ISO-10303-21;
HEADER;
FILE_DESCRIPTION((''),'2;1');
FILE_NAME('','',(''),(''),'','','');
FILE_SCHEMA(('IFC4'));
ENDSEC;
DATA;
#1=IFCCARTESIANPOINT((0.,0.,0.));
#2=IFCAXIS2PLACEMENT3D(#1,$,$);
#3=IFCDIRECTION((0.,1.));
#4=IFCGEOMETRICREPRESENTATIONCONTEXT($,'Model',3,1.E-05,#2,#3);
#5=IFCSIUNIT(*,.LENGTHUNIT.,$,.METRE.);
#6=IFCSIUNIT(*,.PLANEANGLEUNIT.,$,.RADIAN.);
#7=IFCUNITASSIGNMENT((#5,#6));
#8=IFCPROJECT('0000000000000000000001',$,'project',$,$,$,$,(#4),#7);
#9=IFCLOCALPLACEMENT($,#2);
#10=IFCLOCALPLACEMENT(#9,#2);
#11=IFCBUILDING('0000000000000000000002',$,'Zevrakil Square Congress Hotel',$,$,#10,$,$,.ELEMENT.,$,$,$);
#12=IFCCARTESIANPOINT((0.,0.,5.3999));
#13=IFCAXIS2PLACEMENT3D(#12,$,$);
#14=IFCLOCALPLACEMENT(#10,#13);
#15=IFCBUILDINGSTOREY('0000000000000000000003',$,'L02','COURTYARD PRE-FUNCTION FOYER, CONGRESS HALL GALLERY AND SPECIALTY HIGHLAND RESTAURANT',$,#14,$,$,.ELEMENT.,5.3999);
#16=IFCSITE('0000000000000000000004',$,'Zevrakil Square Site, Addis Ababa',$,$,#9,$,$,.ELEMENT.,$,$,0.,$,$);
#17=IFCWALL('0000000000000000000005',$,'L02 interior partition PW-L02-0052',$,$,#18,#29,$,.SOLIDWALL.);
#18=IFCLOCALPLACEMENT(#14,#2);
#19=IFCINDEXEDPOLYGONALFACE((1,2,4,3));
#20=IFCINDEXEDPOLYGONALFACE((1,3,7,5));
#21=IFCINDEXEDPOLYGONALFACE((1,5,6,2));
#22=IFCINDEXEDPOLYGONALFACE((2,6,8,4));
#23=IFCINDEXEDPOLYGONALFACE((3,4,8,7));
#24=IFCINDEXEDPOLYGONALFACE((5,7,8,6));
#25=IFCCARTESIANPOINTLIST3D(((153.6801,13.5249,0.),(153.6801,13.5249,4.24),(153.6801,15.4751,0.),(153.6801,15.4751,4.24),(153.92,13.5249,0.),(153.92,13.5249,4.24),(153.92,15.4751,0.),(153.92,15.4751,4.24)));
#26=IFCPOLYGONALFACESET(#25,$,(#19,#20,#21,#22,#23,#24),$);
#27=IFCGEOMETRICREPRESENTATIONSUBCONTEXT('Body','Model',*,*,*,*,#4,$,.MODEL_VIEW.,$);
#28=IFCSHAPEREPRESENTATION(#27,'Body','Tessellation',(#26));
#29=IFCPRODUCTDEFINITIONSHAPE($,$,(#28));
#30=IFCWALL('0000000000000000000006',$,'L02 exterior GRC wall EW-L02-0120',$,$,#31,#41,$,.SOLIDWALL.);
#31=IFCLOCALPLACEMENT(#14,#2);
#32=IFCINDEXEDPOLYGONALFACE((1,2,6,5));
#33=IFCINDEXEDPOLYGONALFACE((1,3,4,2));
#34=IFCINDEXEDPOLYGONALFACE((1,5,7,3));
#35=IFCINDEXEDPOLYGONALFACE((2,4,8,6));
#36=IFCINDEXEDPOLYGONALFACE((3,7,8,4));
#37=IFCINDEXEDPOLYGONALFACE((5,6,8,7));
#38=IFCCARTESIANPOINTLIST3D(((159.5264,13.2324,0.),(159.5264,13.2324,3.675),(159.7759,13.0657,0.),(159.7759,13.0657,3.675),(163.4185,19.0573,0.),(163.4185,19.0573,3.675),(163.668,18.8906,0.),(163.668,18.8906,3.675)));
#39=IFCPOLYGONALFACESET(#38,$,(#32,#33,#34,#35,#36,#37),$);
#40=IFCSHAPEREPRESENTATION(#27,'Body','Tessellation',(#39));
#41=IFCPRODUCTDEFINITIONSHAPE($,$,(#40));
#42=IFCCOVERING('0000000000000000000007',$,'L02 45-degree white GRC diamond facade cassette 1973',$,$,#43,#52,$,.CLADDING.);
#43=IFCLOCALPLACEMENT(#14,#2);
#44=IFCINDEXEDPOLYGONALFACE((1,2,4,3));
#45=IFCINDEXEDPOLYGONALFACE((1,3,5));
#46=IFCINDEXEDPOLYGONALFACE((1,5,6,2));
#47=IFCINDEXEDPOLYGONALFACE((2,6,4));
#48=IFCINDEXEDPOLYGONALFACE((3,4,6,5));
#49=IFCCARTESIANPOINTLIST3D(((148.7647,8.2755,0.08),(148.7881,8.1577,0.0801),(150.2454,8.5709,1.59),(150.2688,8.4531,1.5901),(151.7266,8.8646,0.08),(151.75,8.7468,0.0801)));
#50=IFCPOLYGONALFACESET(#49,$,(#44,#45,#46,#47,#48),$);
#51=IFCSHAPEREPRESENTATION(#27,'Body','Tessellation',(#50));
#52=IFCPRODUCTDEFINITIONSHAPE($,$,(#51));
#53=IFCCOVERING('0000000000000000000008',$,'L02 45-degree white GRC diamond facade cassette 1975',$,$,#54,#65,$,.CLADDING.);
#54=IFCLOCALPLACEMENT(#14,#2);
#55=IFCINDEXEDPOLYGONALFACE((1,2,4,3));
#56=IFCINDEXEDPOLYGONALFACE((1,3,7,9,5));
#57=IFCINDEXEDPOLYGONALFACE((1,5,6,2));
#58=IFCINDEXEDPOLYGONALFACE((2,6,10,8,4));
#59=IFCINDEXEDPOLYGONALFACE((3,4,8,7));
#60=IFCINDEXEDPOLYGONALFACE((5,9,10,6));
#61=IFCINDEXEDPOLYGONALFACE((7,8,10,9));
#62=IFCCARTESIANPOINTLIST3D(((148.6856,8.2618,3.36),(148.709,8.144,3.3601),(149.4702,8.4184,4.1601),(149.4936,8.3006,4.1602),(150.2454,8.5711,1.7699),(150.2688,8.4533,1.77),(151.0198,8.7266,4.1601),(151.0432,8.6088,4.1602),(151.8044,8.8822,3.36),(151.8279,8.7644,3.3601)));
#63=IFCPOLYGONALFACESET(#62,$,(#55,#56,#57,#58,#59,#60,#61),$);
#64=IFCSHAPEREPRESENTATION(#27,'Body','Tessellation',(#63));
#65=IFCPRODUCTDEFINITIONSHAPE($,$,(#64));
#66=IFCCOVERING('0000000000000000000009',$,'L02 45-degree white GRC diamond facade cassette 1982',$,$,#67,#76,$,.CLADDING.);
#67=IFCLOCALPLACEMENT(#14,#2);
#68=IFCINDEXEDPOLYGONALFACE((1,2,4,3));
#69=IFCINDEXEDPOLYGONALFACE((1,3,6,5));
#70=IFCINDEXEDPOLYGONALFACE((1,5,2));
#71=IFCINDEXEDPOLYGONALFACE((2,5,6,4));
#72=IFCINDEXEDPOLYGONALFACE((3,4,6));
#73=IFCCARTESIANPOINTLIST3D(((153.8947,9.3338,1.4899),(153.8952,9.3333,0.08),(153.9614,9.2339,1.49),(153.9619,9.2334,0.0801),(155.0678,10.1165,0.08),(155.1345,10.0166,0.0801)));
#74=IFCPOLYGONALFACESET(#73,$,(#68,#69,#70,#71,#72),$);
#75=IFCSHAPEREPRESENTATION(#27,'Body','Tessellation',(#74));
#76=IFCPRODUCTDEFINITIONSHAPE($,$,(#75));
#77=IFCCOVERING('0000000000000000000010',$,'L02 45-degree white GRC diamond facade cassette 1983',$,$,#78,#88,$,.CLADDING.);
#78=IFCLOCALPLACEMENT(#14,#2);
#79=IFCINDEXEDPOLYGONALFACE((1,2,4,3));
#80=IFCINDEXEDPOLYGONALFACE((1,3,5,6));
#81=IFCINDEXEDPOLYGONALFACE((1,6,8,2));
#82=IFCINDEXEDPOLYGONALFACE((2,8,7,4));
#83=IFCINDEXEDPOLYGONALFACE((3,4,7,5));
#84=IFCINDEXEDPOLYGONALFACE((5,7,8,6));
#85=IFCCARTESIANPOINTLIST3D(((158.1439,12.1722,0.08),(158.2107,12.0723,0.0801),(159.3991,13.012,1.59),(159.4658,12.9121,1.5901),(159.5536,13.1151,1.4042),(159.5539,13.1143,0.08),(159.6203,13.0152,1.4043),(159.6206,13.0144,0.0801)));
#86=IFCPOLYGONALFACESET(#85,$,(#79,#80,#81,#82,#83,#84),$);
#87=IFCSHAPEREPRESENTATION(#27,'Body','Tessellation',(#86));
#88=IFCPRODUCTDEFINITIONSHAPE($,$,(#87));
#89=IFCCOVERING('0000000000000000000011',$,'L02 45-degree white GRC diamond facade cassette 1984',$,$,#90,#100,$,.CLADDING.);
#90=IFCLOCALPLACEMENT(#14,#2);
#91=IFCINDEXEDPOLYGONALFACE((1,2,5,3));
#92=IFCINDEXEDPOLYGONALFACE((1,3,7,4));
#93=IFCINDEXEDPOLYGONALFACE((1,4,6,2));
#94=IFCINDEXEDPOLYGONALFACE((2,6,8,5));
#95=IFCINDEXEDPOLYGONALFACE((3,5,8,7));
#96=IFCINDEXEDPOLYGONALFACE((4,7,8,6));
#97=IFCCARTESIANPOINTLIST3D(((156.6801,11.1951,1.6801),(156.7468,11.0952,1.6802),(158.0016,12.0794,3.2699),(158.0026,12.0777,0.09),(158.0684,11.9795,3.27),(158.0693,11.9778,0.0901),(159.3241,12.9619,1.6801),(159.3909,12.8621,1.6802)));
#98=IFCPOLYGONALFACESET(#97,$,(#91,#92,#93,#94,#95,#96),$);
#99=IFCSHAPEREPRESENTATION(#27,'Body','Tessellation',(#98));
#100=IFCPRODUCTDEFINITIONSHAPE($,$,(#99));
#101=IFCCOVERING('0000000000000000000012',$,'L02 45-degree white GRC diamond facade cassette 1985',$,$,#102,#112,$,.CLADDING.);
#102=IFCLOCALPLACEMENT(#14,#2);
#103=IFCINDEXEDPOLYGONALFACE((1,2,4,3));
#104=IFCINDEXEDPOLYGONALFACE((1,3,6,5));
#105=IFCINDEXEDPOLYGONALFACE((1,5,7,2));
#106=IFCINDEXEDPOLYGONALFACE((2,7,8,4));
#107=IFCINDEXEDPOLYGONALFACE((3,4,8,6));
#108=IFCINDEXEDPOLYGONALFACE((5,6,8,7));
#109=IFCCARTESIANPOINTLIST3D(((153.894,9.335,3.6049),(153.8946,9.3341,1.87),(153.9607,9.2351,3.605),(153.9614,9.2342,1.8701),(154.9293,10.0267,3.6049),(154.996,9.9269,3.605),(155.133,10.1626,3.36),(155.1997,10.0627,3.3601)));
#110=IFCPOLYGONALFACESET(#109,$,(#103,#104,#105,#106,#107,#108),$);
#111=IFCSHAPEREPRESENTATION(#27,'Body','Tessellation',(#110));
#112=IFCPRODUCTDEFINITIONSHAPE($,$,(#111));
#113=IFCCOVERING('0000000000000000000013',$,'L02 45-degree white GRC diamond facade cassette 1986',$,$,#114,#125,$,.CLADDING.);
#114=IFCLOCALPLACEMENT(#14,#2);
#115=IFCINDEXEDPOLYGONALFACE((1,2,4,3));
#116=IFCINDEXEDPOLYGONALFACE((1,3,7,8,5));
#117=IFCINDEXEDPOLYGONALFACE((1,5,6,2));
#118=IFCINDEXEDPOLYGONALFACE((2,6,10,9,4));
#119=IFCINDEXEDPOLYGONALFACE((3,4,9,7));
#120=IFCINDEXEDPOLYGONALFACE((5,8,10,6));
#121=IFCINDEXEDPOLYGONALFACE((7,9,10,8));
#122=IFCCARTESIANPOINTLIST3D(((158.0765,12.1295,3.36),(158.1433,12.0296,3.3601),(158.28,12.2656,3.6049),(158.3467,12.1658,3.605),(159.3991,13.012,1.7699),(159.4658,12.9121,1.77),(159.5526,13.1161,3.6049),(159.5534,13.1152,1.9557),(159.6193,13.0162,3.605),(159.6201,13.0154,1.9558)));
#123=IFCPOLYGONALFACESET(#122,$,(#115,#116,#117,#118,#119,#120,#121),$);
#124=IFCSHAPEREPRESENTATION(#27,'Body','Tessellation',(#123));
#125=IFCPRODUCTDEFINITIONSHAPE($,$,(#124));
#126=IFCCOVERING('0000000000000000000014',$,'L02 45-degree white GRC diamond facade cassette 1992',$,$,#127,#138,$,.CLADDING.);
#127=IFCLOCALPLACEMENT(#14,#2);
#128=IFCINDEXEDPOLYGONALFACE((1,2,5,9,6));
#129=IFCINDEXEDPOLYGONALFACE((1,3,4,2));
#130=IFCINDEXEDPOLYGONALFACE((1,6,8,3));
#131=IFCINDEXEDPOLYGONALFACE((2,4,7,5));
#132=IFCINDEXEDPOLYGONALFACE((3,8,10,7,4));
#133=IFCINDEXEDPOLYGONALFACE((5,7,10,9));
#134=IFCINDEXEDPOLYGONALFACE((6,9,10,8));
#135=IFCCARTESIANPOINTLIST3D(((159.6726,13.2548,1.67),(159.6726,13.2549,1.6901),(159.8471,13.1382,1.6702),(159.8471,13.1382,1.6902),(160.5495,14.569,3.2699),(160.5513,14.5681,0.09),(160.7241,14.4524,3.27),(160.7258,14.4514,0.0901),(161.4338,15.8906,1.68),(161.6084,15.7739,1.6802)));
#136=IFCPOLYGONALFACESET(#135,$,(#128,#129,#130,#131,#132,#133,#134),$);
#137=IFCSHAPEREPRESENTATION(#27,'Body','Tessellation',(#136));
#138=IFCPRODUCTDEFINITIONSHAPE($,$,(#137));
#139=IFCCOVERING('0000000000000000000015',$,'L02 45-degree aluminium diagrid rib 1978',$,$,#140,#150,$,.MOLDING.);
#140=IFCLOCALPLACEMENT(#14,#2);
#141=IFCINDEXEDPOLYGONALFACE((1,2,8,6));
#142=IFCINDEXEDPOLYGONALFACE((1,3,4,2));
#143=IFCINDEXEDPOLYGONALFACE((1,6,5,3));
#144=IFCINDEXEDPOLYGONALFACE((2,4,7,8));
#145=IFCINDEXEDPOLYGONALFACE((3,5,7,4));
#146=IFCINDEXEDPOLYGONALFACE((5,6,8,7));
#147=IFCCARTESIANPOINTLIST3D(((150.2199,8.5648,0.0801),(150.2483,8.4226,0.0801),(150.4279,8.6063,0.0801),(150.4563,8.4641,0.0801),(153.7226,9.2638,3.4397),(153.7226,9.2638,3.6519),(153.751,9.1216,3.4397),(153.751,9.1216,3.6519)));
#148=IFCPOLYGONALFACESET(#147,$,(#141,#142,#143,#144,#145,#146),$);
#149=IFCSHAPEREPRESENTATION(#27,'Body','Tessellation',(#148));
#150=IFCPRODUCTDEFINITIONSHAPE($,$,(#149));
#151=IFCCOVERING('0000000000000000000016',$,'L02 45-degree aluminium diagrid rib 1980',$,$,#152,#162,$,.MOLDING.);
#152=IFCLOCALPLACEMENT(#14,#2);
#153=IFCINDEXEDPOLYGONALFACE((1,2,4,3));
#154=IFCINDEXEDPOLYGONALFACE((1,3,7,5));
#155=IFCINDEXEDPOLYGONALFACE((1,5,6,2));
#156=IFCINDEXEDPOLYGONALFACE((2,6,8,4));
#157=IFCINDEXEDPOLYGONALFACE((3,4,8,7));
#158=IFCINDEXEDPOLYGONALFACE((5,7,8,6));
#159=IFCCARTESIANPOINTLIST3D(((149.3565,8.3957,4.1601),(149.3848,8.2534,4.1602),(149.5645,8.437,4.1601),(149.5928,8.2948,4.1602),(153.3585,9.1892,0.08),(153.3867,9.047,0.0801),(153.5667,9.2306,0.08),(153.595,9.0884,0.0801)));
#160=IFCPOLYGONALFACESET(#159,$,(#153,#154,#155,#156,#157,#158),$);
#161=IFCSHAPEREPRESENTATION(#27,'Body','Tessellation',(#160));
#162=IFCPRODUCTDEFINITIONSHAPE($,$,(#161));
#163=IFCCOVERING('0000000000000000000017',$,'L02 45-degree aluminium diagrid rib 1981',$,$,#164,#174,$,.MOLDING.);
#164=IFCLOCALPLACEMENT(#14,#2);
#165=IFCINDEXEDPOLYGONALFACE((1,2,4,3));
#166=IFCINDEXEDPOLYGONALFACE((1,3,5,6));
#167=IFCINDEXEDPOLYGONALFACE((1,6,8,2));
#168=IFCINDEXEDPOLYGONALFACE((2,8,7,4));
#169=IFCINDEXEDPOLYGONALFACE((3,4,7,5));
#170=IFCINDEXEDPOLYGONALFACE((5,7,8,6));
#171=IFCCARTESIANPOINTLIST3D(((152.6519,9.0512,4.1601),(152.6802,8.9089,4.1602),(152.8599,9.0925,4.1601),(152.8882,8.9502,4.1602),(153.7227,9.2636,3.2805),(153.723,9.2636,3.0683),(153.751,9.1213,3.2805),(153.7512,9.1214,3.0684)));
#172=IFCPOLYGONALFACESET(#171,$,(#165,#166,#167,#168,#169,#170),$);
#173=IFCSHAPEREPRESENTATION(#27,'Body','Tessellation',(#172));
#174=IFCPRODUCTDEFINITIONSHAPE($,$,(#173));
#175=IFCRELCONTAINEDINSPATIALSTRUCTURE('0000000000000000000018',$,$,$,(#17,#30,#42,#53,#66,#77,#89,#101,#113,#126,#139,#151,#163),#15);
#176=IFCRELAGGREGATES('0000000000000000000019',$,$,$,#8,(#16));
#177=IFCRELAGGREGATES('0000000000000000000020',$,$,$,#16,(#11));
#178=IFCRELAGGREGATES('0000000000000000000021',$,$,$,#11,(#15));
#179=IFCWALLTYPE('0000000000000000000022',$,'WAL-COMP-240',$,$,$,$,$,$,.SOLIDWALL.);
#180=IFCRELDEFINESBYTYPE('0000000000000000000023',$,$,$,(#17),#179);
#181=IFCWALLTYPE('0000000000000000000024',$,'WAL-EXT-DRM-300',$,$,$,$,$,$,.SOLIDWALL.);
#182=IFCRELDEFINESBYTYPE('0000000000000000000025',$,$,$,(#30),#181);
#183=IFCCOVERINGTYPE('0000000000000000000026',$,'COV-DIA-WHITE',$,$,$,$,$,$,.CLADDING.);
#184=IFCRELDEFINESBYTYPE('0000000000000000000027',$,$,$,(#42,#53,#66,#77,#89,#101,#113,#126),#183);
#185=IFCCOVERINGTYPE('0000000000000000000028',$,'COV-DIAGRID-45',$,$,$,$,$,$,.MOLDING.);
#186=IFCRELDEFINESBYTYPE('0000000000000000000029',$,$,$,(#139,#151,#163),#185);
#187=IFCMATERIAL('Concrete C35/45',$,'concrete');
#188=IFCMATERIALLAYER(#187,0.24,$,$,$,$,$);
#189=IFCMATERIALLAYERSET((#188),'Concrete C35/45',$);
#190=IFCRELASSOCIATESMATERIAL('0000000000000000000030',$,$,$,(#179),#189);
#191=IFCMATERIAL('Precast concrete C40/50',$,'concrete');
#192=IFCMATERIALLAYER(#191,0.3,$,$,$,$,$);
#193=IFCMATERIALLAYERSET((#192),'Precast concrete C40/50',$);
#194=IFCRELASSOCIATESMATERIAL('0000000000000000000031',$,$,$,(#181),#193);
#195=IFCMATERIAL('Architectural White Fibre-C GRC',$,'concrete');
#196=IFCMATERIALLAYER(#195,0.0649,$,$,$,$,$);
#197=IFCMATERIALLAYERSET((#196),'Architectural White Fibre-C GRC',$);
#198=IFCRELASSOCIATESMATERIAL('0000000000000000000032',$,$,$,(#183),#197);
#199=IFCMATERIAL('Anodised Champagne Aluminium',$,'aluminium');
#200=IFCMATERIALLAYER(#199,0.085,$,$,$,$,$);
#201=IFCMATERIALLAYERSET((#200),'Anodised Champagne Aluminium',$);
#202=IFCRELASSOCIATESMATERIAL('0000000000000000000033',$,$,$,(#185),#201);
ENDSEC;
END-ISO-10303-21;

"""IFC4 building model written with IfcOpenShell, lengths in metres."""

from ifc_helpers import new_model, si_unit, direction, frame, frame_2d, origin, place, context, subcontext, project, spatial, polyline, rectangle, outline, extrude, material, layer, layer_set, type_object, element, save


model = new_model("IFC4")

# Units and contexts
model_context = context("Model", 3, precision=1e-05, world=origin(), true_north=direction((0.0, 1.0)))
body_context = subcontext(model_context, "Body", "Model", "MODEL_VIEW")
ifc_project = project(units=[si_unit("LENGTHUNIT", "METRE"), si_unit("PLANEANGLEUNIT", "RADIAN")], contexts=[model_context])

# Site, building, storey
site_placement = place(None, origin())
site = spatial("IfcSite", under=ifc_project, at=site_placement, Name="Zevrakil Square Site, Addis Ababa", CompositionType="ELEMENT", RefElevation=0.0)
building_placement = place(site_placement, origin())
building = spatial("IfcBuilding", under=site, at=building_placement, Name="Zevrakil Square Congress Hotel", CompositionType="ELEMENT")
storey_placement = place(building_placement, frame((0.0, 0.0, 5.3999)))
storey = spatial("IfcBuildingStorey", under=building, at=storey_placement, Name="L02", Description="COURTYARD PRE-FUNCTION FOYER, CONGRESS HALL GALLERY AND SPECIALTY HIGHLAND RESTAURANT", CompositionType="ELEMENT", Elevation=5.3999)

# Walls
ifc_material_1 = material(Name="Concrete C35/45", Category="concrete")
ifc_layer_1 = layer(ifc_material_1, 0.24)
ifc_layer_set_1 = layer_set([ifc_layer_1], Name="Concrete C35/45")
wall_type_1 = type_object("IfcWallType", Name="WAL-COMP-240", PredefinedType="SOLIDWALL", material=ifc_layer_set_1)
wall_1_placement = place(storey_placement, frame((153.8, 13.5249, 0.0), z_axis=(0.0, 0.0, 1.0), x_axis=(0.0, 1.0, 0.0)))
element("IfcWall", 1, at=wall_1_placement, inside=storey, type_object=wall_type_1, Name="L02 interior partition PW-L02-0052", PredefinedType="SOLIDWALL", context=body_context, shape_type="SweptSolid", body=[
    extrude(rectangle(XDim=1.9502, YDim=0.24, at=frame_2d((0.9751, 0.0))), origin(), (0.0, 0.0, 1.0), 4.24),
])
ifc_material_2 = material(Name="Precast concrete C40/50", Category="concrete")
ifc_layer_2 = layer(ifc_material_2, 0.3)
ifc_layer_set_2 = layer_set([ifc_layer_2], Name="Precast concrete C40/50")
wall_type_2 = type_object("IfcWallType", Name="WAL-EXT-DRM-300", PredefinedType="SOLIDWALL", material=ifc_layer_set_2)
wall_2_placement = place(storey_placement, frame((159.6511, 13.1489, 0.0), z_axis=(0.0, 0.0, 1.0), x_axis=(0.555568, 0.831471, 0.0)))
element("IfcWall", 2, at=wall_2_placement, inside=storey, type_object=wall_type_2, Name="L02 exterior GRC wall EW-L02-0120", PredefinedType="SOLIDWALL", context=body_context, shape_type="SweptSolid", body=[
    extrude(rectangle(XDim=7.0056, YDim=0.3, at=frame_2d((3.5029, 0.0))), origin(), (0.0, 0.0, 1.0), 3.675),
])

# Coverings
ifc_material_3 = material(Name="Architectural White Fibre-C GRC", Category="concrete")
ifc_layer_3 = layer(ifc_material_3, 0.0649)
ifc_layer_set_3 = layer_set([ifc_layer_3], Name="Architectural White Fibre-C GRC")
covering_type_1 = type_object("IfcCoveringType", Name="COV-DIA-WHITE", PredefinedType="CLADDING", material=ifc_layer_set_3)
covering_1_placement = place(storey_placement, frame((150.2688, 8.4531, 1.5901), z_axis=(0.195074, -0.980788, 0.000587), x_axis=(0.69361, 0.137533, -0.7071)))
element("IfcCovering", 3, at=covering_1_placement, inside=storey, type_object=covering_type_1, Name="L02 45-degree white GRC diamond facade cassette 1973", PredefinedType="CLADDING", context=body_context, shape_type="SweptSolid", body=[
    extrude(outline(polyline([(0.0, 0.0), (2.1355, 0.0), (0.0001, -2.1354), (0.0, 0.0)])), origin(), (0.0, 0.0, -1.0), 0.1201),
])
covering_2_placement = place(storey_placement, frame((151.8279, 8.7644, 3.3601), z_axis=(0.195094, -0.980784, 0.000583), x_axis=(-0.693377, -0.138345, -0.70717)))
element("IfcCovering", 4, at=covering_2_placement, inside=storey, type_object=covering_type_1, Name="L02 45-degree white GRC diamond facade cassette 1975", PredefinedType="CLADDING", context=body_context, shape_type="SweptSolid", body=[
    extrude(outline(polyline([(0.0, 0.0), (2.2485, 0.0), (2.2484, -2.2488), (1.1169, -2.2486), (-0.0002, -1.1314), (0.0, 0.0)])), origin(), (0.0, 0.0, -1.0), 0.1201),
])
covering_3_placement = place(storey_placement, frame((155.1345, 10.0166, 0.0801), z_axis=(0.555419, -0.83157, 0.00048), x_axis=(-0.831571, -0.555419, 0.0)))
element("IfcCovering", 5, at=covering_3_placement, inside=storey, type_object=covering_type_1, Name="L02 45-degree white GRC diamond facade cassette 1982", PredefinedType="CLADDING", context=body_context, shape_type="SweptSolid", body=[
    extrude(outline(polyline([(0.0, 0.0), (1.4101, 0.0), (1.4102, -1.4099), (0.0, 0.0)])), origin(), (0.0, 0.0, -1.0), 0.1201),
])
covering_4_placement = place(storey_placement, frame((159.4658, 12.9121, 1.5901), z_axis=(0.555559, -0.831477, 0.00062), x_axis=(0.588098, 0.392416, -0.707213)))
element("IfcCovering", 6, at=covering_4_placement, inside=storey, type_object=covering_type_1, Name="L02 45-degree white GRC diamond facade cassette 1983", PredefinedType="CLADDING", context=body_context, shape_type="SweptSolid", body=[
    extrude(outline(polyline([(0.0, 0.0), (0.2627, 0.0), (1.1991, -0.9364), (0.0002, -2.1356), (0.0, 0.0)])), origin(), (0.0, 0.0, -1.0), 0.1201),
])
covering_5_placement = place(storey_placement, frame((158.0684, 11.9795, 3.27), z_axis=(0.555603, -0.831447, 0.000617), x_axis=(0.588185, 0.392522, -0.707082)))
element("IfcCovering", 7, at=covering_5_placement, inside=storey, type_object=covering_type_1, Name="L02 45-degree white GRC diamond facade cassette 1984", PredefinedType="CLADDING", context=body_context, shape_type="SweptSolid", body=[
    extrude(outline(polyline([(0.0, 0.0), (2.2485, 0.0), (2.2484, -2.2487), (-0.0003, -2.2486), (0.0, 0.0)])), origin(), (0.0, 0.0, -1.0), 0.1201),
])
covering_6_placement = place(storey_placement, frame((155.1997, 10.0627, 3.3601), z_axis=(0.555543, -0.831487, 0.000638), x_axis=(-0.587691, -0.393198, -0.707117)))
element("IfcCovering", 8, at=covering_6_placement, inside=storey, type_object=covering_type_1, Name="L02 45-degree white GRC diamond facade cassette 1985", PredefinedType="CLADDING", context=body_context, shape_type="SweptSolid", body=[
    extrude(outline(polyline([(0.0, 0.0), (2.1071, 0.0), (0.8804, -1.2268), (0.0, -0.3463), (0.0, 0.0)])), origin(), (0.0, 0.0, -1.0), 0.1201),
])
covering_7_placement = place(storey_placement, frame((159.4658, 12.9121, 1.77), z_axis=(0.555612, -0.831441, 0.000681), x_axis=(-0.588161, -0.392461, 0.707136)))
element("IfcCovering", 9, at=covering_7_placement, inside=storey, type_object=covering_type_1, Name="L02 45-degree white GRC diamond facade cassette 1986", PredefinedType="CLADDING", context=body_context, shape_type="SweptSolid", body=[
    extrude(outline(polyline([(0.0, 0.0), (2.2486, 0.0), (2.2487, -0.3462), (1.1664, -1.4286), (0.0001, -0.2627), (0.0, 0.0)])), origin(), (0.0, 0.0, -1.0), 0.1201),
])
covering_8_placement = place(storey_placement, frame((160.7241, 14.4524, 3.27), z_axis=(0.831457, -0.555588, 0.000616), x_axis=(0.393253, 0.587733, -0.707051)))
element("IfcCovering", 10, at=covering_8_placement, inside=storey, type_object=covering_type_1, Name="L02 45-degree white GRC diamond facade cassette 1992", PredefinedType="CLADDING", context=body_context, shape_type="SweptSolid", body=[
    extrude(outline(polyline([(0.0, 0.0), (2.2486, 0.0), (2.2485, -2.2486), (0.0139, -2.2485), (-0.0002, -2.2343), (0.0, 0.0)])), origin(), (0.0, 0.0, -1.0), 0.21),
])
ifc_material_4 = material(Name="Anodised Champagne Aluminium", Category="aluminium")
ifc_layer_4 = layer(ifc_material_4, 0.085)
ifc_layer_set_4 = layer_set([ifc_layer_4], Name="Anodised Champagne Aluminium")
covering_type_2 = type_object("IfcCoveringType", Name="COV-DIAGRID-45", PredefinedType="MOLDING", material=ifc_layer_set_4)
covering_9_placement = place(storey_placement, frame((150.4563, 8.4641, 0.0801), z_axis=(0.195685, -0.980667, 0.000012), x_axis=(-0.980667, -0.195685, 0.0)))
element("IfcCovering", 11, at=covering_9_placement, inside=storey, type_object=covering_type_2, Name="L02 45-degree aluminium diagrid rib 1978", PredefinedType="MOLDING", context=body_context, shape_type="SweptSolid", body=[
    extrude(outline(polyline([(0.0, 0.0), (0.2121, 0.0), (-3.3596, -3.5718), (-3.3596, -3.3596), (0.0, 0.0)])), origin(), (0.0, 0.0, -1.0), 0.145),
])
covering_10_placement = place(storey_placement, frame((149.3848, 8.2534, 4.1602), z_axis=(0.19501, -0.980801, 0.000515), x_axis=(0.980801, 0.19501, 0.0)))
element("IfcCovering", 12, at=covering_10_placement, inside=storey, type_object=covering_type_2, Name="L02 45-degree aluminium diagrid rib 1980", PredefinedType="MOLDING", context=body_context, shape_type="SweptSolid", body=[
    extrude(outline(polyline([(0.0, 0.0), (0.2121, 0.0), (4.2922, -4.0801), (4.0799, -4.0801), (0.0, 0.0)])), origin(), (0.0, 0.0, -1.0), 0.145),
])
covering_11_placement = place(storey_placement, frame((152.6802, 8.9089, 4.1602), z_axis=(0.194665, -0.98087, 0.000123), x_axis=(0.98087, 0.194665, 0.0)))
element("IfcCovering", 13, at=covering_11_placement, inside=storey, type_object=covering_type_2, Name="L02 45-degree aluminium diagrid rib 1981", PredefinedType="MOLDING", context=body_context, shape_type="SweptSolid", body=[
    extrude(outline(polyline([(0.0, 0.0), (0.2121, 0.0), (1.0917, -0.8796), (1.0919, -1.0918), (0.0, 0.0)])), origin(), (0.0, 0.0, -1.0), 0.145),
])

save(model, "model.ifc")
